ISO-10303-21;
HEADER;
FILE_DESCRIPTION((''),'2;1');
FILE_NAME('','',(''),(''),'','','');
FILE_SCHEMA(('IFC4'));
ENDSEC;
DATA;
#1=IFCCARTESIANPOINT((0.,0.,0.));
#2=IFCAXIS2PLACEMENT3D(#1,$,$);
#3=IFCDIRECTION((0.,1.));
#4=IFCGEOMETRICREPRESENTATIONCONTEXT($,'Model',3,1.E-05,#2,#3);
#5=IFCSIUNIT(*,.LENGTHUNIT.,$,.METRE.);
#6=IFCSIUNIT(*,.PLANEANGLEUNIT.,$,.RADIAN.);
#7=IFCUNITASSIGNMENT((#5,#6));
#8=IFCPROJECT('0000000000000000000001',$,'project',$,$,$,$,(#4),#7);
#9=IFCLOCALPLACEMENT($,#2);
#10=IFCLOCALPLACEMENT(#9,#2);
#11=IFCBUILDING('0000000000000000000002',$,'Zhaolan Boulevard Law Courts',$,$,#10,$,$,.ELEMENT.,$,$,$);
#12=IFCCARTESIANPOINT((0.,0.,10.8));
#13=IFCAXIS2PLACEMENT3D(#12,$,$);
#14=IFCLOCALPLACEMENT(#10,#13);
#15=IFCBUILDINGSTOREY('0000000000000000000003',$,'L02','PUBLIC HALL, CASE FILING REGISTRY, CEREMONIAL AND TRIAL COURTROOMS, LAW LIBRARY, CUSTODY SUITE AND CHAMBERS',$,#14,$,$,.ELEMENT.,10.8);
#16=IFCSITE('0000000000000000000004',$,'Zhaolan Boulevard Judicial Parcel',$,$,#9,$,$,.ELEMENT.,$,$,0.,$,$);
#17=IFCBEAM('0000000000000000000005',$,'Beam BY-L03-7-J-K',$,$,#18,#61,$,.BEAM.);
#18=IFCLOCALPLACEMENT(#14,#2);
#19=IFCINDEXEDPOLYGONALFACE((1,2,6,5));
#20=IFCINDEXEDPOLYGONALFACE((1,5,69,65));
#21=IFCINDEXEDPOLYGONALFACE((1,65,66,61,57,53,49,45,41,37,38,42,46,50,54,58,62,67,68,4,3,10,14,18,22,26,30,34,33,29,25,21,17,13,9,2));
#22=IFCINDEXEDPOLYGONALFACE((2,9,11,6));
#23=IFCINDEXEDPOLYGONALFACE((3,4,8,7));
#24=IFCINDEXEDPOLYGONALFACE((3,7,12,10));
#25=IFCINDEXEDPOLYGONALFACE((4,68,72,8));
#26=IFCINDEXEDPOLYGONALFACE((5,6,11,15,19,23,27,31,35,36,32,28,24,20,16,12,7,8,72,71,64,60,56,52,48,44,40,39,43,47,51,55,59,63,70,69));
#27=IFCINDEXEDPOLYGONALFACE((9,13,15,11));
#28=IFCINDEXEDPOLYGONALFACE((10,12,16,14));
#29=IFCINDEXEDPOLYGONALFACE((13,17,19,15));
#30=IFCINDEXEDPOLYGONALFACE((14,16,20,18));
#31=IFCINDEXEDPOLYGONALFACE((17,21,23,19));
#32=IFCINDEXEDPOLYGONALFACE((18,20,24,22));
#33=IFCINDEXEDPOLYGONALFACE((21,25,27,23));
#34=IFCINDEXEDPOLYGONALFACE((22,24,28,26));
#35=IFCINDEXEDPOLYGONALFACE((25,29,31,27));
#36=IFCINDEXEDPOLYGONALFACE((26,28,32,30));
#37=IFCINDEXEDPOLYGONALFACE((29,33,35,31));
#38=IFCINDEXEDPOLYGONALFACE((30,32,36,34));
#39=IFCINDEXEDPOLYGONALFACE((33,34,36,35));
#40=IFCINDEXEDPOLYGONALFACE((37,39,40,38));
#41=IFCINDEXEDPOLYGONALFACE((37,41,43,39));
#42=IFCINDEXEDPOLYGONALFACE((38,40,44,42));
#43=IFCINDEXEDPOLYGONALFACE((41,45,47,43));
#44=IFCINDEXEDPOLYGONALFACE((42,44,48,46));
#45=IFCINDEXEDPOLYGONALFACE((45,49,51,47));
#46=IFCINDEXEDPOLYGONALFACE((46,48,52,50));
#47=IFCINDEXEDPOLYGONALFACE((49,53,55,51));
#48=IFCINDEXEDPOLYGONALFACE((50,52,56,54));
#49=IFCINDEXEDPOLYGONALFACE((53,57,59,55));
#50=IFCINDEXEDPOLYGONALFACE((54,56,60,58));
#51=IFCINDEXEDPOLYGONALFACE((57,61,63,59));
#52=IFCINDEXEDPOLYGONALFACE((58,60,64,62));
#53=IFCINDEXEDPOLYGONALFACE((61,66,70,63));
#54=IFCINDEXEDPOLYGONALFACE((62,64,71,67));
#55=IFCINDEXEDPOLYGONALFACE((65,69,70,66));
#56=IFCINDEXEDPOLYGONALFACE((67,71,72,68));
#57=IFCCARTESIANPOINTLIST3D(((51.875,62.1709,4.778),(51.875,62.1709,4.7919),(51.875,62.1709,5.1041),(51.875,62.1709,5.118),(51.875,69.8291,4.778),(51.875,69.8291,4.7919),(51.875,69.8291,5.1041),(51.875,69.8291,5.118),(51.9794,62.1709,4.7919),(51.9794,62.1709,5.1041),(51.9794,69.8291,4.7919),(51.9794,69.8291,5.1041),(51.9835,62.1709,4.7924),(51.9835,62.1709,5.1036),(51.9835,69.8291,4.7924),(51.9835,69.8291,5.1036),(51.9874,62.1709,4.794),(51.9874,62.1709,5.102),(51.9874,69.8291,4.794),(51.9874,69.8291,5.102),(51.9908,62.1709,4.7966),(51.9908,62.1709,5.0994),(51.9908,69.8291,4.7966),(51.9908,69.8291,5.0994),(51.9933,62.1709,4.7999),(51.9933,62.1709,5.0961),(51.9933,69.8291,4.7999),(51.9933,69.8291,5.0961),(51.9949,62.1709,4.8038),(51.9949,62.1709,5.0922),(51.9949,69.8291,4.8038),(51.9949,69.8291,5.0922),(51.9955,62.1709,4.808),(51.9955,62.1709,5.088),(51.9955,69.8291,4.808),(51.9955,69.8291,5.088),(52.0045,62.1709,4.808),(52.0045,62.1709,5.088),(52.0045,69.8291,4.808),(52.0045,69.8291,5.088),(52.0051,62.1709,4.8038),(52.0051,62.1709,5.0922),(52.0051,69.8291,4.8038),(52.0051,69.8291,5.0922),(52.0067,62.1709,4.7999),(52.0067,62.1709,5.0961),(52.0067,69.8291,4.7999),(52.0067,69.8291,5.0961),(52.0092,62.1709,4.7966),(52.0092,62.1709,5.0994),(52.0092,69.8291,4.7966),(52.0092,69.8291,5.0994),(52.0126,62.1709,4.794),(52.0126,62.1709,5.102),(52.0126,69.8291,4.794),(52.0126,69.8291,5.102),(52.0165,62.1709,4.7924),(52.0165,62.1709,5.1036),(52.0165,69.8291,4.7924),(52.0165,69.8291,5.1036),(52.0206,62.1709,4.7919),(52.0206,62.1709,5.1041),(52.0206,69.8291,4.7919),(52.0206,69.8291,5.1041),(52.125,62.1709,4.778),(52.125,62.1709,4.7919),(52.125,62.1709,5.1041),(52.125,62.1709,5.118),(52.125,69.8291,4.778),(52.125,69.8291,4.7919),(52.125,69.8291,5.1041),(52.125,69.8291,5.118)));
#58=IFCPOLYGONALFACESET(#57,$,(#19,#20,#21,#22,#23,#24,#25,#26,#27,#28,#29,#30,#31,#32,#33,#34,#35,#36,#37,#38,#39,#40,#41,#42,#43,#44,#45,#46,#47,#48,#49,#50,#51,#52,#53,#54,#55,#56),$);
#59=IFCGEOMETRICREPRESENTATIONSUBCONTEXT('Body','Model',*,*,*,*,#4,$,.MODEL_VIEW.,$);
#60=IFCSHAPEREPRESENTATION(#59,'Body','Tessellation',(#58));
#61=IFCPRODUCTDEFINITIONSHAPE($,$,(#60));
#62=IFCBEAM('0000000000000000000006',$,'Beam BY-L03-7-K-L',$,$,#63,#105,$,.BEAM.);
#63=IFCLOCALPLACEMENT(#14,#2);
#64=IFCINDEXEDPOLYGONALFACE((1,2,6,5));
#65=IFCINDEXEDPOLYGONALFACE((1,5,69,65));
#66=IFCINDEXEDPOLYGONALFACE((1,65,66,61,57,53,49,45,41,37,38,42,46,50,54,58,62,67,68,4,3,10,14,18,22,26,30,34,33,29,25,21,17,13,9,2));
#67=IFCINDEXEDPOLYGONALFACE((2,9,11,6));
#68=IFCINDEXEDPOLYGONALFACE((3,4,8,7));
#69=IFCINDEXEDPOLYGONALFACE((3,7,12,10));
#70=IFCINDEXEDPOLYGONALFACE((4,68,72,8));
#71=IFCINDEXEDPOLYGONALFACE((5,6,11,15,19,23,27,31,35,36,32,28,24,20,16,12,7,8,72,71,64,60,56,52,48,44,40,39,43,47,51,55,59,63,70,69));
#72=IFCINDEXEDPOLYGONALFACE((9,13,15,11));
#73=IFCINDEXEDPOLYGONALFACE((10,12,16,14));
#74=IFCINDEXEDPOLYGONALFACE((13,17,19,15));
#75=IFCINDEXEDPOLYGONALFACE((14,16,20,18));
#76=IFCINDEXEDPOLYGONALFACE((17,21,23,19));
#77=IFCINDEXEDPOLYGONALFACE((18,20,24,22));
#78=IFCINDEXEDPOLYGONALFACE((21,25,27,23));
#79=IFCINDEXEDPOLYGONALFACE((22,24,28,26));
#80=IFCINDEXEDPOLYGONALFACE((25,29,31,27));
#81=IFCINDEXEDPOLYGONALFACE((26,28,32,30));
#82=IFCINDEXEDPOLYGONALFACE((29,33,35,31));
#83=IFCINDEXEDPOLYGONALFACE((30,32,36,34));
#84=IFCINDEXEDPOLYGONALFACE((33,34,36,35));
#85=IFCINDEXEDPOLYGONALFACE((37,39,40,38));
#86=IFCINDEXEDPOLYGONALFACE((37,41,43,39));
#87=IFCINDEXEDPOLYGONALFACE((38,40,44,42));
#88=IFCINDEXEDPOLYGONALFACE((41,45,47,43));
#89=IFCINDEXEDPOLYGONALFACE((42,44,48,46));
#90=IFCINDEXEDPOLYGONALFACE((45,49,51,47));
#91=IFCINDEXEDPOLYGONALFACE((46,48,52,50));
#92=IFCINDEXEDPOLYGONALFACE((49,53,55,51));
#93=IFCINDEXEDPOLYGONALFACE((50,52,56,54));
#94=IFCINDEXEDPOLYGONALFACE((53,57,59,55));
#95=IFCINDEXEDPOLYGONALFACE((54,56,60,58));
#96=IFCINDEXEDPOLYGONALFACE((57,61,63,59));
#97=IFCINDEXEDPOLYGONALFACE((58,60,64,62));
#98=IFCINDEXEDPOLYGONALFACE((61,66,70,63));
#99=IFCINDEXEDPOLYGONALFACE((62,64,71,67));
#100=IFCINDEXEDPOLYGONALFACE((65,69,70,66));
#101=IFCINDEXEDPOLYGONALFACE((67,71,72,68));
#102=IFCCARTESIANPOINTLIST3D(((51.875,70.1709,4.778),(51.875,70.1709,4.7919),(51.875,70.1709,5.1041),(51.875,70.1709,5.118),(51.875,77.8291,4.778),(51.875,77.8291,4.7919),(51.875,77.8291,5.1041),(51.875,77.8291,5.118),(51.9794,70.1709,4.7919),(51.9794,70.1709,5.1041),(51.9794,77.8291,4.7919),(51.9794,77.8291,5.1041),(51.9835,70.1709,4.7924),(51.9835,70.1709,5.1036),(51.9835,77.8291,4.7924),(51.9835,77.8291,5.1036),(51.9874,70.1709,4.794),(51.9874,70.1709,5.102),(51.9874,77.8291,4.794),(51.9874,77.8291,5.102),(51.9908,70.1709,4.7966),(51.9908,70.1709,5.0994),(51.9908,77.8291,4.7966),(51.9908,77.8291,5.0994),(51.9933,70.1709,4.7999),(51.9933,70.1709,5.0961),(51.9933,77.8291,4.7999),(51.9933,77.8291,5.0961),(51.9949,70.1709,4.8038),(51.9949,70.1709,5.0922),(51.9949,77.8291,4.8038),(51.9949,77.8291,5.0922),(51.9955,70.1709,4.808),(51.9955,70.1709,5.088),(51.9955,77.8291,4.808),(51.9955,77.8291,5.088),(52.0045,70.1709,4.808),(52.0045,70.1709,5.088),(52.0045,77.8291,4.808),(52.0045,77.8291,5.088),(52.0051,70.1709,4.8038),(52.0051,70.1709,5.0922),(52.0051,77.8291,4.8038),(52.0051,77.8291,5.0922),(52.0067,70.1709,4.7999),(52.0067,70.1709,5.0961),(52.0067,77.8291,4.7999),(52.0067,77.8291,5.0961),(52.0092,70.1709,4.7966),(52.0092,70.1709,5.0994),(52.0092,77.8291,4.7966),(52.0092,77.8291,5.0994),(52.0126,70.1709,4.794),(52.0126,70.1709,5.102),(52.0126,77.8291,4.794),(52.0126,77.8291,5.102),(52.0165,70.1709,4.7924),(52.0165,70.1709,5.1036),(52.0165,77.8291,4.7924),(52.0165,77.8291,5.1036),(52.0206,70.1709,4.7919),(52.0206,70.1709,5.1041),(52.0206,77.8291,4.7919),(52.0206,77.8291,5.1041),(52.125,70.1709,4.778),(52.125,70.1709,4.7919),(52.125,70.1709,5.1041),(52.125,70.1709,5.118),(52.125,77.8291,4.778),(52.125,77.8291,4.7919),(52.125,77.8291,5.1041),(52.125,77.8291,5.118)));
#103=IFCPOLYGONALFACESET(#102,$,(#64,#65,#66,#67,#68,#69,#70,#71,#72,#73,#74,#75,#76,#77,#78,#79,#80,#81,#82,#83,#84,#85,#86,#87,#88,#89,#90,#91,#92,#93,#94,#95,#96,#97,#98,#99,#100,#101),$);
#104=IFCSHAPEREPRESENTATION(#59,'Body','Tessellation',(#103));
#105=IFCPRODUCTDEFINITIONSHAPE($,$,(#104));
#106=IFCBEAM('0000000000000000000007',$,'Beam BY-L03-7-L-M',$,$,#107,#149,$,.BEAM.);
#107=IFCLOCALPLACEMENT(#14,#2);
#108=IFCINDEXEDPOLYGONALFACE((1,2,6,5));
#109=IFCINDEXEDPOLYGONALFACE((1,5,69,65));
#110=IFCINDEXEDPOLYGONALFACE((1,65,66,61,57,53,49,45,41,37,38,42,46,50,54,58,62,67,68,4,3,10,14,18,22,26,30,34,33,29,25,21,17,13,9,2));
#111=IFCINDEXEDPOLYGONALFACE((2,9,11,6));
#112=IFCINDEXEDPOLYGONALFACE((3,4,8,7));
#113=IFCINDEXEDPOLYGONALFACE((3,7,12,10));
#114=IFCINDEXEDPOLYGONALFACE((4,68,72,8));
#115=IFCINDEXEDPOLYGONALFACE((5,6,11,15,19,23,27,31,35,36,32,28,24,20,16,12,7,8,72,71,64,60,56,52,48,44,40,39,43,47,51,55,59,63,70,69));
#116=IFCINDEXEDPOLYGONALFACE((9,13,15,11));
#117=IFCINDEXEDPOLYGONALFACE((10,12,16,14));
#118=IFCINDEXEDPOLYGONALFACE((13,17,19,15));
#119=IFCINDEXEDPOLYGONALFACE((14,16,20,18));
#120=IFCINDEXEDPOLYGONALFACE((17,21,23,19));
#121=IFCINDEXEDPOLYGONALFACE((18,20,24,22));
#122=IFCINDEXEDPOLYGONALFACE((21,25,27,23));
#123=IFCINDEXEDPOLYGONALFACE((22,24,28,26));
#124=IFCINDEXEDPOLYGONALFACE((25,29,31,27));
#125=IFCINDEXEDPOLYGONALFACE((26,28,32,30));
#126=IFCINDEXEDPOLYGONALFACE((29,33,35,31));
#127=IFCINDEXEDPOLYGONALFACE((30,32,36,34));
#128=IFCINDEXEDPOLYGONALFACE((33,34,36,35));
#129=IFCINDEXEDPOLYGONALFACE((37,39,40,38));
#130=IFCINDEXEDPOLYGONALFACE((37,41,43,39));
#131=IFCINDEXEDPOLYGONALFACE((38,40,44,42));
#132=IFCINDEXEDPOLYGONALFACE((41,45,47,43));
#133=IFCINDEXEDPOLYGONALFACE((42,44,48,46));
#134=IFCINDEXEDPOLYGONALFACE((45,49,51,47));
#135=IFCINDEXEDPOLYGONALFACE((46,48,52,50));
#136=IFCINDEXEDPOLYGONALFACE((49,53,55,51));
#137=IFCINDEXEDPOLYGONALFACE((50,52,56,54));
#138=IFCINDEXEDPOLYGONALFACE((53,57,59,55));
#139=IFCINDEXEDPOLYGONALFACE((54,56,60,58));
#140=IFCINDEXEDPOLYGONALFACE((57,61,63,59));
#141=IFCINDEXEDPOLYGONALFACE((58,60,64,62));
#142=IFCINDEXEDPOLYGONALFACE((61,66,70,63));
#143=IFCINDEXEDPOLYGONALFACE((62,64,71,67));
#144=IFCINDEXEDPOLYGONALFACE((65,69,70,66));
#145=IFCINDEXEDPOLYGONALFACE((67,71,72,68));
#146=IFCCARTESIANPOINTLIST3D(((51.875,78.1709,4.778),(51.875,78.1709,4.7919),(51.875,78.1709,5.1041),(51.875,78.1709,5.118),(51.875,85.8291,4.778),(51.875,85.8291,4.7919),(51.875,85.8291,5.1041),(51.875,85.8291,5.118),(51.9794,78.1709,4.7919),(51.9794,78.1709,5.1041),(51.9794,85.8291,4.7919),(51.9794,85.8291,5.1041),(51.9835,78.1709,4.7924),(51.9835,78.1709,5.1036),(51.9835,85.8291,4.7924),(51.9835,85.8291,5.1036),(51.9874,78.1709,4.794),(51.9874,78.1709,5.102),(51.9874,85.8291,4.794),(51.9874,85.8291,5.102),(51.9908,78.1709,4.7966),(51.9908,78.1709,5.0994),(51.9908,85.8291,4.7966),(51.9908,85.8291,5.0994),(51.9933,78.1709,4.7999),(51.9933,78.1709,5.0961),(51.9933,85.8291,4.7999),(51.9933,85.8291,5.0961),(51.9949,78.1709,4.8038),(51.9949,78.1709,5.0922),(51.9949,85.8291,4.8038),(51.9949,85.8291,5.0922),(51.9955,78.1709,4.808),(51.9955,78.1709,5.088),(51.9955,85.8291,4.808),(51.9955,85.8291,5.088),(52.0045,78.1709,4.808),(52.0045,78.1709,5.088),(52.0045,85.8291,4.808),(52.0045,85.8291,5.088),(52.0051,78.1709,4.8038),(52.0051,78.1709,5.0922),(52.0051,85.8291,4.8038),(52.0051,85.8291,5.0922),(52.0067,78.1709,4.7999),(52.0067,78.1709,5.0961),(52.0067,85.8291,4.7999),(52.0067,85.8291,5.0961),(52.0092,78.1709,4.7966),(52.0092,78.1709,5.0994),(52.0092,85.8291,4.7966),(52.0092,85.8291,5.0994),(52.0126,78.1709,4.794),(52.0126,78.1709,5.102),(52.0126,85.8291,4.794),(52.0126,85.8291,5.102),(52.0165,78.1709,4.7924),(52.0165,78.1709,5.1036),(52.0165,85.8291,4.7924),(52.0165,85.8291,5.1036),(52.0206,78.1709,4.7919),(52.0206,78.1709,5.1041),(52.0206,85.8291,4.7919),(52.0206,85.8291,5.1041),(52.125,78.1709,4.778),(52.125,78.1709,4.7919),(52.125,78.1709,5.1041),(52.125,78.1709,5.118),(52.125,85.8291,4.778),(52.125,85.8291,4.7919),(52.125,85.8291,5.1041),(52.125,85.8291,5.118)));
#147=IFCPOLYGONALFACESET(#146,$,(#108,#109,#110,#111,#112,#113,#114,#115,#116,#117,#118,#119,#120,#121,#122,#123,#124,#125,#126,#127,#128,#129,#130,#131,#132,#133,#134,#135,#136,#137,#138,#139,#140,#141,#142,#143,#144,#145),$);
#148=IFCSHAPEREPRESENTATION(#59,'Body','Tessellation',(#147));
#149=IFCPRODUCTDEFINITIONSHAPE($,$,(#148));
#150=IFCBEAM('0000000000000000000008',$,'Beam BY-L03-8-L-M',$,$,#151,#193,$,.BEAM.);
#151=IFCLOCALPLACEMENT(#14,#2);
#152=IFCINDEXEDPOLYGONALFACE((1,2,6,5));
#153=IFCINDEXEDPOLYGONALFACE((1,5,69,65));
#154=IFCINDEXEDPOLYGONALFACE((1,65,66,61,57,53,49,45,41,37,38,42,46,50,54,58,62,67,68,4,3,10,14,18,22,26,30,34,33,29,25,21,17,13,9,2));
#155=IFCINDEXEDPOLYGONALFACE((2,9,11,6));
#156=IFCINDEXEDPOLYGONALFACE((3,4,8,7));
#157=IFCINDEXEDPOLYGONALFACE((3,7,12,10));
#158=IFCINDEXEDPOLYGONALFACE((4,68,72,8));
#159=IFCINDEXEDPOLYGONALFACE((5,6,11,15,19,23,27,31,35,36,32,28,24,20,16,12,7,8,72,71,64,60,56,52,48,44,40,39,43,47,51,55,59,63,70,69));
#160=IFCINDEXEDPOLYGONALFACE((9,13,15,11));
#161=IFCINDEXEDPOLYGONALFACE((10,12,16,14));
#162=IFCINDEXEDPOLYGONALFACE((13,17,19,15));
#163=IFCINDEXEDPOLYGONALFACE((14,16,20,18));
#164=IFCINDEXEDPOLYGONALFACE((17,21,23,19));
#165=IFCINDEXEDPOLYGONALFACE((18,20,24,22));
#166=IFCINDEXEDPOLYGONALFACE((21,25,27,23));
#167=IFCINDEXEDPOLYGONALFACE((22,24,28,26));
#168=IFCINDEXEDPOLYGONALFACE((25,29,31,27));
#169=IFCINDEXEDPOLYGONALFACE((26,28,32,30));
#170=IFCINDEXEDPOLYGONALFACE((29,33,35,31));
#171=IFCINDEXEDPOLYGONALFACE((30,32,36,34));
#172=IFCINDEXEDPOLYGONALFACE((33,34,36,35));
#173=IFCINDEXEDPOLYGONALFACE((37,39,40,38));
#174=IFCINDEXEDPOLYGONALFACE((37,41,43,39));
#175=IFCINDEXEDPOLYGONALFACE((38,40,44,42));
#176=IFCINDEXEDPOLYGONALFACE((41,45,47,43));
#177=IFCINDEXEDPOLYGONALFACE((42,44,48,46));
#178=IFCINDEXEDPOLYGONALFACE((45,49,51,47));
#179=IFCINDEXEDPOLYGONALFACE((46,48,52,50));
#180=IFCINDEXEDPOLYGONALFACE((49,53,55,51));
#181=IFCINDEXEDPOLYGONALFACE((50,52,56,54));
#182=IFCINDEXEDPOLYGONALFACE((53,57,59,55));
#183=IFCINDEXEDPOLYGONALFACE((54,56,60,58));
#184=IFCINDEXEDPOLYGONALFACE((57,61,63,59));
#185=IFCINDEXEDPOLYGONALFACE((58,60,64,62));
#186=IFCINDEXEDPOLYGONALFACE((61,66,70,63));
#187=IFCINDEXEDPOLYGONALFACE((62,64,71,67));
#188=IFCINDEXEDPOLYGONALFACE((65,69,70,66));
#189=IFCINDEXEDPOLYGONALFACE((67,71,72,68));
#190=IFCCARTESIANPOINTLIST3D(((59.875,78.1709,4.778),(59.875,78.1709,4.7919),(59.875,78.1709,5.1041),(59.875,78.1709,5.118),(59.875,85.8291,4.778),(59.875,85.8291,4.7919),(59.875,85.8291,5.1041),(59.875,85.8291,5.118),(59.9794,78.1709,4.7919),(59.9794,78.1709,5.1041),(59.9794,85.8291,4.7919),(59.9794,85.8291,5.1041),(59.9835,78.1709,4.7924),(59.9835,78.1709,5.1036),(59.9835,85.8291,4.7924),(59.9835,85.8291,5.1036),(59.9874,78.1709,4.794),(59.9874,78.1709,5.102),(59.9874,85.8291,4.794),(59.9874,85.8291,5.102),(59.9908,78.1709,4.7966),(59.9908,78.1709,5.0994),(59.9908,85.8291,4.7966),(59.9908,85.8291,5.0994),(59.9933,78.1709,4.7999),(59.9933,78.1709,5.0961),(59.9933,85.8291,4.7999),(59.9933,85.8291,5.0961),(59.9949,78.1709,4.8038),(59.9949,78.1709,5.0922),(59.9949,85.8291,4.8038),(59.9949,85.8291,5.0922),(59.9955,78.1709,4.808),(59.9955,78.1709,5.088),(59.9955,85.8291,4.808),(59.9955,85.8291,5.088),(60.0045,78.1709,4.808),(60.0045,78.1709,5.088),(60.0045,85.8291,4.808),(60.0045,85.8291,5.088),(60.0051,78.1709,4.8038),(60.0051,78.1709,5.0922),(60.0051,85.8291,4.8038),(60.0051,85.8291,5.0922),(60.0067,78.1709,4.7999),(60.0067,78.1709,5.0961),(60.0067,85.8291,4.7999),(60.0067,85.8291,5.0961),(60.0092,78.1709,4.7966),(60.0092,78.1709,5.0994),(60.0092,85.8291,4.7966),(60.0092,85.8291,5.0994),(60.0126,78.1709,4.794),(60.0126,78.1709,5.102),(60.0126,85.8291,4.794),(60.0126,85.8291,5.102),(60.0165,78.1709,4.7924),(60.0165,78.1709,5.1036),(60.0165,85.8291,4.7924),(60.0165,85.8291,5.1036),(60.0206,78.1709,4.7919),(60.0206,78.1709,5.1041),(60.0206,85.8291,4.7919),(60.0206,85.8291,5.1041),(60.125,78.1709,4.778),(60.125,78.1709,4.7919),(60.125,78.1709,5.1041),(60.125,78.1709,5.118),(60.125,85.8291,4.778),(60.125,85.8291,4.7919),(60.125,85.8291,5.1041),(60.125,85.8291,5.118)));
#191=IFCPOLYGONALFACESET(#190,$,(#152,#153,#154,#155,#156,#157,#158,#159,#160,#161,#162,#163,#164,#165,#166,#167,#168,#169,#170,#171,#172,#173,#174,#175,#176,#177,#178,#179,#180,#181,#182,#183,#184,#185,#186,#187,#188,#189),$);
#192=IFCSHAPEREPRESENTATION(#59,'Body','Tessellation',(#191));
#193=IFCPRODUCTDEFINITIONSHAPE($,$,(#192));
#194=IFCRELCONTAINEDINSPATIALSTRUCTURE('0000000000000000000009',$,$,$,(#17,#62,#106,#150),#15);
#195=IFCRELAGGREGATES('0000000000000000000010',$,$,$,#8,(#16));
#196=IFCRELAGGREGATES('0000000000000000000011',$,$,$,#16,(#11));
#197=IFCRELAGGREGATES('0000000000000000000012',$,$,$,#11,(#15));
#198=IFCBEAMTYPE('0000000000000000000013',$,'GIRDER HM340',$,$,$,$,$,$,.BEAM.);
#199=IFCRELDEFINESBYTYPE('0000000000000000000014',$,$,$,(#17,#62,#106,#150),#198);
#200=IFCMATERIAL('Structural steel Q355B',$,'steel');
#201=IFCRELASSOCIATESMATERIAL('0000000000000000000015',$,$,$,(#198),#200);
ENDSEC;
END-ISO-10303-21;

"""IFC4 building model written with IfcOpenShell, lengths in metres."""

from ifc_helpers import new_model, si_unit, direction, frame, origin, origin_2d, place, context, subcontext, project, spatial, i_section, extrude, material, material_profile, profile_set, type_object, element, save


model = new_model("IFC4")

# Units and contexts
model_context = context("Model", 3, precision=1e-05, world=origin(), true_north=direction((0.0, 1.0)))
body_context = subcontext(model_context, "Body", "Model", "MODEL_VIEW")
ifc_project = project(units=[si_unit("LENGTHUNIT", "METRE"), si_unit("PLANEANGLEUNIT", "RADIAN")], contexts=[model_context])

# Site, building, storey
site_placement = place(None, origin())
site = spatial("IfcSite", under=ifc_project, at=site_placement, Name="Zhaolan Boulevard Judicial Parcel", CompositionType="ELEMENT", RefElevation=0.0)
building_placement = place(site_placement, origin())
building = spatial("IfcBuilding", under=site, at=building_placement, Name="Zhaolan Boulevard Law Courts", CompositionType="ELEMENT")
storey_placement = place(building_placement, frame((0.0, 0.0, 10.8)))
storey = spatial("IfcBuildingStorey", under=building, at=storey_placement, Name="L02", Description="PUBLIC HALL, CASE FILING REGISTRY, CEREMONIAL AND TRIAL COURTROOMS, LAW LIBRARY, CUSTODY SUITE AND CHAMBERS", CompositionType="ELEMENT", Elevation=10.8)

# Beams
ifc_material_1 = material(Name="Structural steel Q355B", Category="steel")
ifc_material_profile_1 = material_profile(ifc_material_1, i_section(OverallWidth=0.25, OverallDepth=0.3401, WebThickness=0.009, FlangeThickness=0.0139, FilletRadius=0.0161, at=origin_2d()), Name="HM340x250")
ifc_profile_set_1 = profile_set([ifc_material_profile_1], Name="Structural steel Q355B")
beam_type_1 = type_object("IfcBeamType", Name="GIRDER HM340", PredefinedType="BEAM", material=ifc_profile_set_1)
for number, where, z_axis, x_axis, name in (
    (1, (52.0, 62.1709, 4.948), (0.0, 1.0, 0.0), (-1.0, 0.0, 0.0), "Beam BY-L03-7-J-K"),
    (2, (52.0, 70.1709, 4.948), (0.0, 1.0, 0.0), (-1.0, 0.0, 0.0), "Beam BY-L03-7-K-L"),
    (3, (52.0, 78.1709, 4.948), (0.0, 1.0, 0.0), (-1.0, 0.0, 0.0), "Beam BY-L03-7-L-M"),
    (4, (60.0, 78.1709, 4.948), (0.0, 1.0, 0.0), (-1.0, 0.0, 0.0), "Beam BY-L03-8-L-M"),
):
    element("IfcBeam", number, at=place(storey_placement, frame(where, z_axis=z_axis, x_axis=x_axis)), inside=storey, type_object=beam_type_1, Name=name, PredefinedType="BEAM", context=body_context, shape_type="SweptSolid", body=[
        extrude(i_section(OverallWidth=0.25, OverallDepth=0.3401, WebThickness=0.009, FlangeThickness=0.0139, FilletRadius=0.0161, at=origin_2d()), origin(), (0.0, 0.0, 1.0), 7.6582),
    ])

save(model, "model.ifc")
